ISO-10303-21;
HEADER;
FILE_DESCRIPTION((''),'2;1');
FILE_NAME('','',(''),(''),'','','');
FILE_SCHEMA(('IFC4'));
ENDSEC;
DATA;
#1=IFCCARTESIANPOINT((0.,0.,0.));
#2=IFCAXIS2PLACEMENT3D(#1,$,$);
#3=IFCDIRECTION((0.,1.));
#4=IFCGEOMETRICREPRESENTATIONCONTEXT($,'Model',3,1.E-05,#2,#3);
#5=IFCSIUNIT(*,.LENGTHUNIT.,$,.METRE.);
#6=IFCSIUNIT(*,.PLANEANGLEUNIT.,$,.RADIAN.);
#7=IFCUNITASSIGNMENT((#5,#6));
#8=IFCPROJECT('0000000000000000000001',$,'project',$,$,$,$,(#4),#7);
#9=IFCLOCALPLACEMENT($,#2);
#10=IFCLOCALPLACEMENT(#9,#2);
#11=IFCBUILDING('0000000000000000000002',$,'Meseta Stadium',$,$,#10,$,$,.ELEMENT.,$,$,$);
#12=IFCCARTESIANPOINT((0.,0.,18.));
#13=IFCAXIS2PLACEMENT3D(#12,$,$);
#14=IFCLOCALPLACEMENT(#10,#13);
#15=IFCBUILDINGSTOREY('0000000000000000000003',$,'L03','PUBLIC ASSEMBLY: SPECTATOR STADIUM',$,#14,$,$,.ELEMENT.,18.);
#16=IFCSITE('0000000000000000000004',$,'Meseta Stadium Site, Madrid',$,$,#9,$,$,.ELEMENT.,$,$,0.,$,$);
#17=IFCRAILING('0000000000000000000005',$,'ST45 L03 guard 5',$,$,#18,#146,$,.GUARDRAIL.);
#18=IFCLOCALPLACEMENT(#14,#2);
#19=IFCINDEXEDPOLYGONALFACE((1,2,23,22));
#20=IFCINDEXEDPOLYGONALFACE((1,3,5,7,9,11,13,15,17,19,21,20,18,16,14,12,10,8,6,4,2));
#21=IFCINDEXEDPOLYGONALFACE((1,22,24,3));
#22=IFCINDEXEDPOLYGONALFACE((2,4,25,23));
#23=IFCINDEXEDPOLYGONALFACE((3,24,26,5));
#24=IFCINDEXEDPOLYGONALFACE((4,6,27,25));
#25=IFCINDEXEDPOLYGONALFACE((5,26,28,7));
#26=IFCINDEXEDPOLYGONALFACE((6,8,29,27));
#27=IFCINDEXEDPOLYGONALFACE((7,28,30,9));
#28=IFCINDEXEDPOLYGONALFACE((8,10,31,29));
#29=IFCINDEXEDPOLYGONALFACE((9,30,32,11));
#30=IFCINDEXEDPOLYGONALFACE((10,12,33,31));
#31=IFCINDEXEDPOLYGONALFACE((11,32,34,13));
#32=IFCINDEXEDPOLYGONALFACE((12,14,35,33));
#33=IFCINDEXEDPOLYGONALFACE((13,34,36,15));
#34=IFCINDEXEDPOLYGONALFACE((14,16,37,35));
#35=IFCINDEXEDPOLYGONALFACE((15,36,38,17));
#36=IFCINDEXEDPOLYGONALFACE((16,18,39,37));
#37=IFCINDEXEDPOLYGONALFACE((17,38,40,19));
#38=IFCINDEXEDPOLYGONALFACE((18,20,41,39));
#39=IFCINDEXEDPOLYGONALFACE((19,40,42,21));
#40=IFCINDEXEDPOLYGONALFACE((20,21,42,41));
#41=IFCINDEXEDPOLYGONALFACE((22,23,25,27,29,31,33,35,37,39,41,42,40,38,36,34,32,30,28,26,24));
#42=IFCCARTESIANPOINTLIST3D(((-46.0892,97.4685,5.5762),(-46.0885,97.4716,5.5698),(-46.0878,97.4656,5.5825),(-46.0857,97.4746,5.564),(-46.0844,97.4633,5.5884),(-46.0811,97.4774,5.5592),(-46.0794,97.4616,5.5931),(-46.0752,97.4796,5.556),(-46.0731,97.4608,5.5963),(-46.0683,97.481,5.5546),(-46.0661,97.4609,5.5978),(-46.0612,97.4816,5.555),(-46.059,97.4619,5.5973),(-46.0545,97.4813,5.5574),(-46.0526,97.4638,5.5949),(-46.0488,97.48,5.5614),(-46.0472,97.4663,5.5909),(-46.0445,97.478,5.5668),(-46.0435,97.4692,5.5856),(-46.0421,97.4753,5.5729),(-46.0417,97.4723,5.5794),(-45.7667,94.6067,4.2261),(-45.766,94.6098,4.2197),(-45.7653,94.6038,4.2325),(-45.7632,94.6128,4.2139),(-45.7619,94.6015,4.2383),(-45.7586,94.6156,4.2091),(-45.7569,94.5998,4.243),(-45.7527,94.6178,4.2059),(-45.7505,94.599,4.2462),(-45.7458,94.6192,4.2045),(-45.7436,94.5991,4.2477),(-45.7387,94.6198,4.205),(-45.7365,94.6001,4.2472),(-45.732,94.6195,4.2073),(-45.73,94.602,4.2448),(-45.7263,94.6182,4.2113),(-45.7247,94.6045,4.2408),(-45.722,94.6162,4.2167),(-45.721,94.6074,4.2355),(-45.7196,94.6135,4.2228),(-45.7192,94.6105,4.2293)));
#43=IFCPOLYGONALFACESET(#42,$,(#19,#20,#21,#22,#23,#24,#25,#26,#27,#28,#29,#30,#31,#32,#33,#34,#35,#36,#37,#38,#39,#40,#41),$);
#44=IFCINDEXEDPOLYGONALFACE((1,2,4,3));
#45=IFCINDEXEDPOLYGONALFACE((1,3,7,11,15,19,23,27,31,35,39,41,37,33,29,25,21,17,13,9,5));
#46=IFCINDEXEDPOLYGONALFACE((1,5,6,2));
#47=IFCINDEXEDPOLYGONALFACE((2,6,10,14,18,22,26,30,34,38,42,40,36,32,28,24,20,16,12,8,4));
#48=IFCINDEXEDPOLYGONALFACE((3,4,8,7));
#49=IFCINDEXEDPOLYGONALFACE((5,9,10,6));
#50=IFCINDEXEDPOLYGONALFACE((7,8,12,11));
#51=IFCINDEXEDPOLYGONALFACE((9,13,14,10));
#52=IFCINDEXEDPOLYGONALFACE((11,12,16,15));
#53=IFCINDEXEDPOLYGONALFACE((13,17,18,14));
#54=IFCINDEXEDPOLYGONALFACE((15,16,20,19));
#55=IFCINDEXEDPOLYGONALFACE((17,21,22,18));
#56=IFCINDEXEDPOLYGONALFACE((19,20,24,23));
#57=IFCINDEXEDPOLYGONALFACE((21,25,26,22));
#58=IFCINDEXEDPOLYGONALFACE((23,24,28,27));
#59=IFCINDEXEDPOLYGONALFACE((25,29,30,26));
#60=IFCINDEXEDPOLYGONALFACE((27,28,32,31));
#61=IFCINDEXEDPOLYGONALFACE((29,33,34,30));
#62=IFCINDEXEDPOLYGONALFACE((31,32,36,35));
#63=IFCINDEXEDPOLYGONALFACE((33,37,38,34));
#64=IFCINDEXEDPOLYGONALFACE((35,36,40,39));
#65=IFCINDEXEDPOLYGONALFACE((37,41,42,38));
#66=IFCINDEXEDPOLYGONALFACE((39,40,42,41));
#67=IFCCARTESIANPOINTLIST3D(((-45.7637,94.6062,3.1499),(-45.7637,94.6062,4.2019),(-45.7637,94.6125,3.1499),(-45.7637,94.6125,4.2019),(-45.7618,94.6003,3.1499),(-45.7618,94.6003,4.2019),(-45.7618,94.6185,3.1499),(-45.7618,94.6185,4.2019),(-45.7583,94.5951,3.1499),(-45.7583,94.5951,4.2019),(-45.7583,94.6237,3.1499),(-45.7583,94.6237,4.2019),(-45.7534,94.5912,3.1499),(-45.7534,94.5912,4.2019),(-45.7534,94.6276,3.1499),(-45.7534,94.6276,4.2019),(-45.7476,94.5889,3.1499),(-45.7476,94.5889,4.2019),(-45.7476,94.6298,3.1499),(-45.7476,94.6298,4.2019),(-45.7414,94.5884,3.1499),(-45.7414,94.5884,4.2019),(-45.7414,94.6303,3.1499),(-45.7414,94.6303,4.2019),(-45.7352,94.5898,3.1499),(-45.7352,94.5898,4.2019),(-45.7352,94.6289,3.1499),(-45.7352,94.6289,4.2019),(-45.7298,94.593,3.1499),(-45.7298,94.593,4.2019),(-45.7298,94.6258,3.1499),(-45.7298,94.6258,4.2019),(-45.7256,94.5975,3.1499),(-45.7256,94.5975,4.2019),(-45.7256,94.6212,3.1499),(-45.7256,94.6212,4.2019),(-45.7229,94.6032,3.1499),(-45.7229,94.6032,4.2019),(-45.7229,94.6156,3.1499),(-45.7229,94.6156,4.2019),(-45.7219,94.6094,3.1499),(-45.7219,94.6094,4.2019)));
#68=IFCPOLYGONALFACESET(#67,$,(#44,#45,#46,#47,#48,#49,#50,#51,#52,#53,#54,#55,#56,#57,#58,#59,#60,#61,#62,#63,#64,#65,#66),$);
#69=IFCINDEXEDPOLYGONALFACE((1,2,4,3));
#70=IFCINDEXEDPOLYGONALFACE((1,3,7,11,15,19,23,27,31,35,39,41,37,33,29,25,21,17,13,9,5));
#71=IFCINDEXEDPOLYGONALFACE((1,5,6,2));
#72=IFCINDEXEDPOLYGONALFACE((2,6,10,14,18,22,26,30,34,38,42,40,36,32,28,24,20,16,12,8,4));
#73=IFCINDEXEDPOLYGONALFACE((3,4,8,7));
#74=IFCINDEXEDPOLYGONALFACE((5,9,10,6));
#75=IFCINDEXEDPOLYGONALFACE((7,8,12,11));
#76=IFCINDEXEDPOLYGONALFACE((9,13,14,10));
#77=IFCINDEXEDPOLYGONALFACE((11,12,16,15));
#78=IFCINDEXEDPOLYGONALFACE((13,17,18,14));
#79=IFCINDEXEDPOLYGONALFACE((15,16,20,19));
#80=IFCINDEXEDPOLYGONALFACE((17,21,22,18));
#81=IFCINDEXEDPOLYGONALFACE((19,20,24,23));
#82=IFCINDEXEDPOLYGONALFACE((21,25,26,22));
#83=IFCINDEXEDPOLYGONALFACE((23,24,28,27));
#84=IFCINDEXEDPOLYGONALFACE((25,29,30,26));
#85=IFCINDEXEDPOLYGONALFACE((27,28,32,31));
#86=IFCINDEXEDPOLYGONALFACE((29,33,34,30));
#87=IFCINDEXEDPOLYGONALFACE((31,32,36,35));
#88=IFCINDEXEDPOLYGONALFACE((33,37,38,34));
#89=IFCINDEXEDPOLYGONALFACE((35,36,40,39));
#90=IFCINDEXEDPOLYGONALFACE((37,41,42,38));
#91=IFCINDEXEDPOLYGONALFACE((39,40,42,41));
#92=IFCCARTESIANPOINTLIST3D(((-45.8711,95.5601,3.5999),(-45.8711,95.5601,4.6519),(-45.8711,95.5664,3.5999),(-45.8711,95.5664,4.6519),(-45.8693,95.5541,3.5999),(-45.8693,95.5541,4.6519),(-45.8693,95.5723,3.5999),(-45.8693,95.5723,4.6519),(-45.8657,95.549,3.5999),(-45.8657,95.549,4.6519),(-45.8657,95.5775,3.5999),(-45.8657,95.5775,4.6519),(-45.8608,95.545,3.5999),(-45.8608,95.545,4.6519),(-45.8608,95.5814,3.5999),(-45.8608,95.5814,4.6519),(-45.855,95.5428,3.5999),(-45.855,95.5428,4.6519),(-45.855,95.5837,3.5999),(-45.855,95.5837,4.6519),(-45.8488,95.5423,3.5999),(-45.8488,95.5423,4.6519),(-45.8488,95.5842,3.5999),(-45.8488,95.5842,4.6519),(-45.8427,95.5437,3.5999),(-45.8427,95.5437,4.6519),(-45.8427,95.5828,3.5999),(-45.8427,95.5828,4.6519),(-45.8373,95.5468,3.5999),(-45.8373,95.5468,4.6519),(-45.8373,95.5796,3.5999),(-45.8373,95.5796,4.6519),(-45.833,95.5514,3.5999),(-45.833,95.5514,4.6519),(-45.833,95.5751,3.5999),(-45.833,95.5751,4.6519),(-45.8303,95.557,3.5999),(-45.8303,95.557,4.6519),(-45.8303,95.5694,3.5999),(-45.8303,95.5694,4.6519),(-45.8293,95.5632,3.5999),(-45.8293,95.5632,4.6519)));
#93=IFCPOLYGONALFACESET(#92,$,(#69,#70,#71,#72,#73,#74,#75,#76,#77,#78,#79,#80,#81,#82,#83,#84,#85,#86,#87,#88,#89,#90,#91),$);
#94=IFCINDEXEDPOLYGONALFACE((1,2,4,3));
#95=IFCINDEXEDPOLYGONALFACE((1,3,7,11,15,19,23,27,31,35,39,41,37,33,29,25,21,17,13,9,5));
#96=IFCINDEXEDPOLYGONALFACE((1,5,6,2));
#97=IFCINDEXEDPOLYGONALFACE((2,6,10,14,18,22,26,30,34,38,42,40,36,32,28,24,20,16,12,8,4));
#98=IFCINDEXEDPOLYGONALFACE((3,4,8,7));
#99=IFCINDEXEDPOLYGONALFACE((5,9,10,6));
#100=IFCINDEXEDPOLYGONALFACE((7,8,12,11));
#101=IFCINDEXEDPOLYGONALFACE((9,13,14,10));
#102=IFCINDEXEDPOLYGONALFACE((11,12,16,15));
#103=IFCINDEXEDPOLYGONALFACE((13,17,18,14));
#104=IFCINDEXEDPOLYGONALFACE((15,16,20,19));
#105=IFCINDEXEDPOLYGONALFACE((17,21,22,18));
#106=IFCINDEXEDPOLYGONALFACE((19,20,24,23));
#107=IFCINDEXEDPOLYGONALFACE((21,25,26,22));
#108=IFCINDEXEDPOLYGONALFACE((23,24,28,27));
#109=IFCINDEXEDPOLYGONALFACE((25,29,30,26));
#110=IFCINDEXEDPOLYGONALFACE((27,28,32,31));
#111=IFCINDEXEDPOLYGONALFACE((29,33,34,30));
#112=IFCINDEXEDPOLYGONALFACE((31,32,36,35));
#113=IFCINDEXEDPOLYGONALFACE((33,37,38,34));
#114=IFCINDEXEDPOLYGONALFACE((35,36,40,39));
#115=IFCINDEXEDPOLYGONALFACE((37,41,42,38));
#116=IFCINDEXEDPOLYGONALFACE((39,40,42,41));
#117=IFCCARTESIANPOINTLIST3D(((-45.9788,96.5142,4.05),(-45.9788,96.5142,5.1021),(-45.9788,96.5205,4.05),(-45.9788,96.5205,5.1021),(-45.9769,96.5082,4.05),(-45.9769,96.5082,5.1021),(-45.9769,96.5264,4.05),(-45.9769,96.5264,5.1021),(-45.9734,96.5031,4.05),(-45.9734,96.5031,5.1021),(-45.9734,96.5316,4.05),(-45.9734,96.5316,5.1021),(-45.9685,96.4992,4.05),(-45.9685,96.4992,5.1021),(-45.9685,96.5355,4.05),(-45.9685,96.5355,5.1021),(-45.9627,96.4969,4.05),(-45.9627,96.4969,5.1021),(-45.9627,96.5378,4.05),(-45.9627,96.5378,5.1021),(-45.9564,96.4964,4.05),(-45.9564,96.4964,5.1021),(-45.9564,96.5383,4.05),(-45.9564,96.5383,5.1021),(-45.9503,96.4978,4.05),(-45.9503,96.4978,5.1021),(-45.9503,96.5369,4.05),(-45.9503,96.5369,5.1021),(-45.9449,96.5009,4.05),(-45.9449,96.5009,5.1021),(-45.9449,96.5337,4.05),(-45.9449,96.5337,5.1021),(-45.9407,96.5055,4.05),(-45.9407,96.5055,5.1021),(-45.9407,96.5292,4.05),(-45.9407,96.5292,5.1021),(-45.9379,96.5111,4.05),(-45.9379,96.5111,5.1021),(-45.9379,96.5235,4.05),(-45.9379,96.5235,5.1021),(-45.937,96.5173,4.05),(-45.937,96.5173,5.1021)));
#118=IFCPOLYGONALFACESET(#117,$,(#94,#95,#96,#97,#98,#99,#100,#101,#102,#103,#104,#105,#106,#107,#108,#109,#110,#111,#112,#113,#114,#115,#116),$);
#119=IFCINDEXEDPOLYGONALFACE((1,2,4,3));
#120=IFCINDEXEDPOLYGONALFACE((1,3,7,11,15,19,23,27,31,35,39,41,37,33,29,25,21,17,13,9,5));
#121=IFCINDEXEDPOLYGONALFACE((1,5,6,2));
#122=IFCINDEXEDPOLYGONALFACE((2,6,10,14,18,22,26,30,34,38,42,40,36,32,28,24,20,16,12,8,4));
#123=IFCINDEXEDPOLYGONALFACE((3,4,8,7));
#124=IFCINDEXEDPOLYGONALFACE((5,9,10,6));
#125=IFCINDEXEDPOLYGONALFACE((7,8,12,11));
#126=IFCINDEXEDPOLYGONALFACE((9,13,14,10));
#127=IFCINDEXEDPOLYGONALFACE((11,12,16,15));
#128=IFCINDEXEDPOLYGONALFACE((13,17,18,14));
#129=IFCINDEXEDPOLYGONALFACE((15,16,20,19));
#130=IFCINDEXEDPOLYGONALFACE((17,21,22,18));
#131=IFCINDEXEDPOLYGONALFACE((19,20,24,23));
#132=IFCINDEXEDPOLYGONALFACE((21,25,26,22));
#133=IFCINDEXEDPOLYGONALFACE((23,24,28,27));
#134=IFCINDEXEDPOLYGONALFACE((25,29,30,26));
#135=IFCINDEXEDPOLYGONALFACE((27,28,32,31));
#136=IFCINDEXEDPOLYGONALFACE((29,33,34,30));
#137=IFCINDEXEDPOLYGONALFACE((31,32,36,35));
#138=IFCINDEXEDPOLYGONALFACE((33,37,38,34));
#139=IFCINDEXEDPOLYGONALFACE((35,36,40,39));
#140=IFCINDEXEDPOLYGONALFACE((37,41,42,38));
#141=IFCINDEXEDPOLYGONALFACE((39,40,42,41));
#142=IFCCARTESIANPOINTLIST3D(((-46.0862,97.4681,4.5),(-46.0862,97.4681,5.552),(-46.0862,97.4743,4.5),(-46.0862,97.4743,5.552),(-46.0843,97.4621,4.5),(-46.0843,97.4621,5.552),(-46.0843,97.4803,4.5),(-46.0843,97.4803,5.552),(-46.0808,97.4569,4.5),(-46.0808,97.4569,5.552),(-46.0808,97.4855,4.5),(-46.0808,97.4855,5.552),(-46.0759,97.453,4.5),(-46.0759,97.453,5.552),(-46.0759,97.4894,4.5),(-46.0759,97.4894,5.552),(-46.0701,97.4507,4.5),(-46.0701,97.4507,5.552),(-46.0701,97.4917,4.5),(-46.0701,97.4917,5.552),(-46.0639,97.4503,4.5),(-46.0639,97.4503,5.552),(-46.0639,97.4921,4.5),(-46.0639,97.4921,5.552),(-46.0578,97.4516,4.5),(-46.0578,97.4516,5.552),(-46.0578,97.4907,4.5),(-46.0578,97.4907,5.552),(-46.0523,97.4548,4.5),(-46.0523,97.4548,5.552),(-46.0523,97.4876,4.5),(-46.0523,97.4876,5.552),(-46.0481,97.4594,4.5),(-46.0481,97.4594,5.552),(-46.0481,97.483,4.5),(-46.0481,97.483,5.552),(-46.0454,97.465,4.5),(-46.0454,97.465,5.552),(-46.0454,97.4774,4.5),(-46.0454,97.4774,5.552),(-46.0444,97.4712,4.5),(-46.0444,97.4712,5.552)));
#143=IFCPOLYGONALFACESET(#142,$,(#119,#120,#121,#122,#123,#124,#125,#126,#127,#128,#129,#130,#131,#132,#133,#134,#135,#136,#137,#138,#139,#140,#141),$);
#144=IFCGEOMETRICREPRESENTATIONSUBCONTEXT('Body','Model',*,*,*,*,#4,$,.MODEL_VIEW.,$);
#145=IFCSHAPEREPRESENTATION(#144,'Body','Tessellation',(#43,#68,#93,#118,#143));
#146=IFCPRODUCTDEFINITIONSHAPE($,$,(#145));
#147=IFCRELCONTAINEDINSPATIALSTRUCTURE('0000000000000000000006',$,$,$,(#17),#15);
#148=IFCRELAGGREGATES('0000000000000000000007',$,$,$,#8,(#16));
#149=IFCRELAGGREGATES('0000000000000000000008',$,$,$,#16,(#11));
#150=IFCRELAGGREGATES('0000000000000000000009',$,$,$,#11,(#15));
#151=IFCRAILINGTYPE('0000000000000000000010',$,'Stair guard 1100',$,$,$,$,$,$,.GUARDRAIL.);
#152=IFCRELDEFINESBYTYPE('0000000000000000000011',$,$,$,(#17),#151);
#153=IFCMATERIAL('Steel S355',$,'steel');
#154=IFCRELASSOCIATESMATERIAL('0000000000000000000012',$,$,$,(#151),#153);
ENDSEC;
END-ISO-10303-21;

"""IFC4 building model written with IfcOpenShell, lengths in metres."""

from ifc_helpers import new_model, si_unit, direction, frame, origin, origin_2d, place, context, subcontext, project, spatial, circle, extrude, material, type_object, element, save


model = new_model("IFC4")

# Units and contexts
model_context = context("Model", 3, precision=1e-05, world=origin(), true_north=direction((0.0, 1.0)))
body_context = subcontext(model_context, "Body", "Model", "MODEL_VIEW")
ifc_project = project(units=[si_unit("LENGTHUNIT", "METRE"), si_unit("PLANEANGLEUNIT", "RADIAN")], contexts=[model_context])

# Site, building, storey
site_placement = place(None, origin())
site = spatial("IfcSite", under=ifc_project, at=site_placement, Name="Meseta Stadium Site, Madrid", CompositionType="ELEMENT", RefElevation=0.0)
building_placement = place(site_placement, origin())
building = spatial("IfcBuilding", under=site, at=building_placement, Name="Meseta Stadium", CompositionType="ELEMENT")
storey_placement = place(building_placement, frame((0.0, 0.0, 18.0)))
storey = spatial("IfcBuildingStorey", under=building, at=storey_placement, Name="L03", Description="PUBLIC ASSEMBLY: SPECTATOR STADIUM", CompositionType="ELEMENT", Elevation=18.0)

# Railing
ifc_material_1 = material(Name="Steel S355", Category="steel")
railing_type_1 = type_object("IfcRailingType", Name="Stair guard 1100", PredefinedType="GUARDRAIL", material=ifc_material_1)
railing_1_placement = place(storey_placement, frame((-45.7429, 94.6094, 3.1499)))
element("IfcRailing", 1, at=railing_1_placement, inside=storey, type_object=railing_type_1, Name="ST45 L03 guard 5", PredefinedType="GUARDRAIL", context=body_context, shape_type="SweptSolid", body=[
    extrude(circle(Radius=0.0239, at=origin_2d()), frame((0.0, 0.0, 1.0762), z_axis=(-0.101396, 0.899748, 0.424467), x_axis=(-0.99371, -0.111985, 0.0)), (0.0, 0.0, 1.0), 3.1807),
    extrude(circle(Radius=0.021, at=origin_2d()), origin(), (0.0, 0.0, 1.0), 1.052),
    extrude(circle(Radius=0.021, at=origin_2d()), frame((-0.1074, 0.9539, 0.45)), (0.0, 0.0, 1.0), 1.052),
    extrude(circle(Radius=0.021, at=origin_2d()), frame((-0.2151, 1.908, 0.9001)), (0.0, 0.0, 1.0), 1.052),
    extrude(circle(Radius=0.021, at=origin_2d()), frame((-0.3225, 2.8618, 1.3501)), (0.0, 0.0, 1.0), 1.052),
])

save(model, "model.ifc")
